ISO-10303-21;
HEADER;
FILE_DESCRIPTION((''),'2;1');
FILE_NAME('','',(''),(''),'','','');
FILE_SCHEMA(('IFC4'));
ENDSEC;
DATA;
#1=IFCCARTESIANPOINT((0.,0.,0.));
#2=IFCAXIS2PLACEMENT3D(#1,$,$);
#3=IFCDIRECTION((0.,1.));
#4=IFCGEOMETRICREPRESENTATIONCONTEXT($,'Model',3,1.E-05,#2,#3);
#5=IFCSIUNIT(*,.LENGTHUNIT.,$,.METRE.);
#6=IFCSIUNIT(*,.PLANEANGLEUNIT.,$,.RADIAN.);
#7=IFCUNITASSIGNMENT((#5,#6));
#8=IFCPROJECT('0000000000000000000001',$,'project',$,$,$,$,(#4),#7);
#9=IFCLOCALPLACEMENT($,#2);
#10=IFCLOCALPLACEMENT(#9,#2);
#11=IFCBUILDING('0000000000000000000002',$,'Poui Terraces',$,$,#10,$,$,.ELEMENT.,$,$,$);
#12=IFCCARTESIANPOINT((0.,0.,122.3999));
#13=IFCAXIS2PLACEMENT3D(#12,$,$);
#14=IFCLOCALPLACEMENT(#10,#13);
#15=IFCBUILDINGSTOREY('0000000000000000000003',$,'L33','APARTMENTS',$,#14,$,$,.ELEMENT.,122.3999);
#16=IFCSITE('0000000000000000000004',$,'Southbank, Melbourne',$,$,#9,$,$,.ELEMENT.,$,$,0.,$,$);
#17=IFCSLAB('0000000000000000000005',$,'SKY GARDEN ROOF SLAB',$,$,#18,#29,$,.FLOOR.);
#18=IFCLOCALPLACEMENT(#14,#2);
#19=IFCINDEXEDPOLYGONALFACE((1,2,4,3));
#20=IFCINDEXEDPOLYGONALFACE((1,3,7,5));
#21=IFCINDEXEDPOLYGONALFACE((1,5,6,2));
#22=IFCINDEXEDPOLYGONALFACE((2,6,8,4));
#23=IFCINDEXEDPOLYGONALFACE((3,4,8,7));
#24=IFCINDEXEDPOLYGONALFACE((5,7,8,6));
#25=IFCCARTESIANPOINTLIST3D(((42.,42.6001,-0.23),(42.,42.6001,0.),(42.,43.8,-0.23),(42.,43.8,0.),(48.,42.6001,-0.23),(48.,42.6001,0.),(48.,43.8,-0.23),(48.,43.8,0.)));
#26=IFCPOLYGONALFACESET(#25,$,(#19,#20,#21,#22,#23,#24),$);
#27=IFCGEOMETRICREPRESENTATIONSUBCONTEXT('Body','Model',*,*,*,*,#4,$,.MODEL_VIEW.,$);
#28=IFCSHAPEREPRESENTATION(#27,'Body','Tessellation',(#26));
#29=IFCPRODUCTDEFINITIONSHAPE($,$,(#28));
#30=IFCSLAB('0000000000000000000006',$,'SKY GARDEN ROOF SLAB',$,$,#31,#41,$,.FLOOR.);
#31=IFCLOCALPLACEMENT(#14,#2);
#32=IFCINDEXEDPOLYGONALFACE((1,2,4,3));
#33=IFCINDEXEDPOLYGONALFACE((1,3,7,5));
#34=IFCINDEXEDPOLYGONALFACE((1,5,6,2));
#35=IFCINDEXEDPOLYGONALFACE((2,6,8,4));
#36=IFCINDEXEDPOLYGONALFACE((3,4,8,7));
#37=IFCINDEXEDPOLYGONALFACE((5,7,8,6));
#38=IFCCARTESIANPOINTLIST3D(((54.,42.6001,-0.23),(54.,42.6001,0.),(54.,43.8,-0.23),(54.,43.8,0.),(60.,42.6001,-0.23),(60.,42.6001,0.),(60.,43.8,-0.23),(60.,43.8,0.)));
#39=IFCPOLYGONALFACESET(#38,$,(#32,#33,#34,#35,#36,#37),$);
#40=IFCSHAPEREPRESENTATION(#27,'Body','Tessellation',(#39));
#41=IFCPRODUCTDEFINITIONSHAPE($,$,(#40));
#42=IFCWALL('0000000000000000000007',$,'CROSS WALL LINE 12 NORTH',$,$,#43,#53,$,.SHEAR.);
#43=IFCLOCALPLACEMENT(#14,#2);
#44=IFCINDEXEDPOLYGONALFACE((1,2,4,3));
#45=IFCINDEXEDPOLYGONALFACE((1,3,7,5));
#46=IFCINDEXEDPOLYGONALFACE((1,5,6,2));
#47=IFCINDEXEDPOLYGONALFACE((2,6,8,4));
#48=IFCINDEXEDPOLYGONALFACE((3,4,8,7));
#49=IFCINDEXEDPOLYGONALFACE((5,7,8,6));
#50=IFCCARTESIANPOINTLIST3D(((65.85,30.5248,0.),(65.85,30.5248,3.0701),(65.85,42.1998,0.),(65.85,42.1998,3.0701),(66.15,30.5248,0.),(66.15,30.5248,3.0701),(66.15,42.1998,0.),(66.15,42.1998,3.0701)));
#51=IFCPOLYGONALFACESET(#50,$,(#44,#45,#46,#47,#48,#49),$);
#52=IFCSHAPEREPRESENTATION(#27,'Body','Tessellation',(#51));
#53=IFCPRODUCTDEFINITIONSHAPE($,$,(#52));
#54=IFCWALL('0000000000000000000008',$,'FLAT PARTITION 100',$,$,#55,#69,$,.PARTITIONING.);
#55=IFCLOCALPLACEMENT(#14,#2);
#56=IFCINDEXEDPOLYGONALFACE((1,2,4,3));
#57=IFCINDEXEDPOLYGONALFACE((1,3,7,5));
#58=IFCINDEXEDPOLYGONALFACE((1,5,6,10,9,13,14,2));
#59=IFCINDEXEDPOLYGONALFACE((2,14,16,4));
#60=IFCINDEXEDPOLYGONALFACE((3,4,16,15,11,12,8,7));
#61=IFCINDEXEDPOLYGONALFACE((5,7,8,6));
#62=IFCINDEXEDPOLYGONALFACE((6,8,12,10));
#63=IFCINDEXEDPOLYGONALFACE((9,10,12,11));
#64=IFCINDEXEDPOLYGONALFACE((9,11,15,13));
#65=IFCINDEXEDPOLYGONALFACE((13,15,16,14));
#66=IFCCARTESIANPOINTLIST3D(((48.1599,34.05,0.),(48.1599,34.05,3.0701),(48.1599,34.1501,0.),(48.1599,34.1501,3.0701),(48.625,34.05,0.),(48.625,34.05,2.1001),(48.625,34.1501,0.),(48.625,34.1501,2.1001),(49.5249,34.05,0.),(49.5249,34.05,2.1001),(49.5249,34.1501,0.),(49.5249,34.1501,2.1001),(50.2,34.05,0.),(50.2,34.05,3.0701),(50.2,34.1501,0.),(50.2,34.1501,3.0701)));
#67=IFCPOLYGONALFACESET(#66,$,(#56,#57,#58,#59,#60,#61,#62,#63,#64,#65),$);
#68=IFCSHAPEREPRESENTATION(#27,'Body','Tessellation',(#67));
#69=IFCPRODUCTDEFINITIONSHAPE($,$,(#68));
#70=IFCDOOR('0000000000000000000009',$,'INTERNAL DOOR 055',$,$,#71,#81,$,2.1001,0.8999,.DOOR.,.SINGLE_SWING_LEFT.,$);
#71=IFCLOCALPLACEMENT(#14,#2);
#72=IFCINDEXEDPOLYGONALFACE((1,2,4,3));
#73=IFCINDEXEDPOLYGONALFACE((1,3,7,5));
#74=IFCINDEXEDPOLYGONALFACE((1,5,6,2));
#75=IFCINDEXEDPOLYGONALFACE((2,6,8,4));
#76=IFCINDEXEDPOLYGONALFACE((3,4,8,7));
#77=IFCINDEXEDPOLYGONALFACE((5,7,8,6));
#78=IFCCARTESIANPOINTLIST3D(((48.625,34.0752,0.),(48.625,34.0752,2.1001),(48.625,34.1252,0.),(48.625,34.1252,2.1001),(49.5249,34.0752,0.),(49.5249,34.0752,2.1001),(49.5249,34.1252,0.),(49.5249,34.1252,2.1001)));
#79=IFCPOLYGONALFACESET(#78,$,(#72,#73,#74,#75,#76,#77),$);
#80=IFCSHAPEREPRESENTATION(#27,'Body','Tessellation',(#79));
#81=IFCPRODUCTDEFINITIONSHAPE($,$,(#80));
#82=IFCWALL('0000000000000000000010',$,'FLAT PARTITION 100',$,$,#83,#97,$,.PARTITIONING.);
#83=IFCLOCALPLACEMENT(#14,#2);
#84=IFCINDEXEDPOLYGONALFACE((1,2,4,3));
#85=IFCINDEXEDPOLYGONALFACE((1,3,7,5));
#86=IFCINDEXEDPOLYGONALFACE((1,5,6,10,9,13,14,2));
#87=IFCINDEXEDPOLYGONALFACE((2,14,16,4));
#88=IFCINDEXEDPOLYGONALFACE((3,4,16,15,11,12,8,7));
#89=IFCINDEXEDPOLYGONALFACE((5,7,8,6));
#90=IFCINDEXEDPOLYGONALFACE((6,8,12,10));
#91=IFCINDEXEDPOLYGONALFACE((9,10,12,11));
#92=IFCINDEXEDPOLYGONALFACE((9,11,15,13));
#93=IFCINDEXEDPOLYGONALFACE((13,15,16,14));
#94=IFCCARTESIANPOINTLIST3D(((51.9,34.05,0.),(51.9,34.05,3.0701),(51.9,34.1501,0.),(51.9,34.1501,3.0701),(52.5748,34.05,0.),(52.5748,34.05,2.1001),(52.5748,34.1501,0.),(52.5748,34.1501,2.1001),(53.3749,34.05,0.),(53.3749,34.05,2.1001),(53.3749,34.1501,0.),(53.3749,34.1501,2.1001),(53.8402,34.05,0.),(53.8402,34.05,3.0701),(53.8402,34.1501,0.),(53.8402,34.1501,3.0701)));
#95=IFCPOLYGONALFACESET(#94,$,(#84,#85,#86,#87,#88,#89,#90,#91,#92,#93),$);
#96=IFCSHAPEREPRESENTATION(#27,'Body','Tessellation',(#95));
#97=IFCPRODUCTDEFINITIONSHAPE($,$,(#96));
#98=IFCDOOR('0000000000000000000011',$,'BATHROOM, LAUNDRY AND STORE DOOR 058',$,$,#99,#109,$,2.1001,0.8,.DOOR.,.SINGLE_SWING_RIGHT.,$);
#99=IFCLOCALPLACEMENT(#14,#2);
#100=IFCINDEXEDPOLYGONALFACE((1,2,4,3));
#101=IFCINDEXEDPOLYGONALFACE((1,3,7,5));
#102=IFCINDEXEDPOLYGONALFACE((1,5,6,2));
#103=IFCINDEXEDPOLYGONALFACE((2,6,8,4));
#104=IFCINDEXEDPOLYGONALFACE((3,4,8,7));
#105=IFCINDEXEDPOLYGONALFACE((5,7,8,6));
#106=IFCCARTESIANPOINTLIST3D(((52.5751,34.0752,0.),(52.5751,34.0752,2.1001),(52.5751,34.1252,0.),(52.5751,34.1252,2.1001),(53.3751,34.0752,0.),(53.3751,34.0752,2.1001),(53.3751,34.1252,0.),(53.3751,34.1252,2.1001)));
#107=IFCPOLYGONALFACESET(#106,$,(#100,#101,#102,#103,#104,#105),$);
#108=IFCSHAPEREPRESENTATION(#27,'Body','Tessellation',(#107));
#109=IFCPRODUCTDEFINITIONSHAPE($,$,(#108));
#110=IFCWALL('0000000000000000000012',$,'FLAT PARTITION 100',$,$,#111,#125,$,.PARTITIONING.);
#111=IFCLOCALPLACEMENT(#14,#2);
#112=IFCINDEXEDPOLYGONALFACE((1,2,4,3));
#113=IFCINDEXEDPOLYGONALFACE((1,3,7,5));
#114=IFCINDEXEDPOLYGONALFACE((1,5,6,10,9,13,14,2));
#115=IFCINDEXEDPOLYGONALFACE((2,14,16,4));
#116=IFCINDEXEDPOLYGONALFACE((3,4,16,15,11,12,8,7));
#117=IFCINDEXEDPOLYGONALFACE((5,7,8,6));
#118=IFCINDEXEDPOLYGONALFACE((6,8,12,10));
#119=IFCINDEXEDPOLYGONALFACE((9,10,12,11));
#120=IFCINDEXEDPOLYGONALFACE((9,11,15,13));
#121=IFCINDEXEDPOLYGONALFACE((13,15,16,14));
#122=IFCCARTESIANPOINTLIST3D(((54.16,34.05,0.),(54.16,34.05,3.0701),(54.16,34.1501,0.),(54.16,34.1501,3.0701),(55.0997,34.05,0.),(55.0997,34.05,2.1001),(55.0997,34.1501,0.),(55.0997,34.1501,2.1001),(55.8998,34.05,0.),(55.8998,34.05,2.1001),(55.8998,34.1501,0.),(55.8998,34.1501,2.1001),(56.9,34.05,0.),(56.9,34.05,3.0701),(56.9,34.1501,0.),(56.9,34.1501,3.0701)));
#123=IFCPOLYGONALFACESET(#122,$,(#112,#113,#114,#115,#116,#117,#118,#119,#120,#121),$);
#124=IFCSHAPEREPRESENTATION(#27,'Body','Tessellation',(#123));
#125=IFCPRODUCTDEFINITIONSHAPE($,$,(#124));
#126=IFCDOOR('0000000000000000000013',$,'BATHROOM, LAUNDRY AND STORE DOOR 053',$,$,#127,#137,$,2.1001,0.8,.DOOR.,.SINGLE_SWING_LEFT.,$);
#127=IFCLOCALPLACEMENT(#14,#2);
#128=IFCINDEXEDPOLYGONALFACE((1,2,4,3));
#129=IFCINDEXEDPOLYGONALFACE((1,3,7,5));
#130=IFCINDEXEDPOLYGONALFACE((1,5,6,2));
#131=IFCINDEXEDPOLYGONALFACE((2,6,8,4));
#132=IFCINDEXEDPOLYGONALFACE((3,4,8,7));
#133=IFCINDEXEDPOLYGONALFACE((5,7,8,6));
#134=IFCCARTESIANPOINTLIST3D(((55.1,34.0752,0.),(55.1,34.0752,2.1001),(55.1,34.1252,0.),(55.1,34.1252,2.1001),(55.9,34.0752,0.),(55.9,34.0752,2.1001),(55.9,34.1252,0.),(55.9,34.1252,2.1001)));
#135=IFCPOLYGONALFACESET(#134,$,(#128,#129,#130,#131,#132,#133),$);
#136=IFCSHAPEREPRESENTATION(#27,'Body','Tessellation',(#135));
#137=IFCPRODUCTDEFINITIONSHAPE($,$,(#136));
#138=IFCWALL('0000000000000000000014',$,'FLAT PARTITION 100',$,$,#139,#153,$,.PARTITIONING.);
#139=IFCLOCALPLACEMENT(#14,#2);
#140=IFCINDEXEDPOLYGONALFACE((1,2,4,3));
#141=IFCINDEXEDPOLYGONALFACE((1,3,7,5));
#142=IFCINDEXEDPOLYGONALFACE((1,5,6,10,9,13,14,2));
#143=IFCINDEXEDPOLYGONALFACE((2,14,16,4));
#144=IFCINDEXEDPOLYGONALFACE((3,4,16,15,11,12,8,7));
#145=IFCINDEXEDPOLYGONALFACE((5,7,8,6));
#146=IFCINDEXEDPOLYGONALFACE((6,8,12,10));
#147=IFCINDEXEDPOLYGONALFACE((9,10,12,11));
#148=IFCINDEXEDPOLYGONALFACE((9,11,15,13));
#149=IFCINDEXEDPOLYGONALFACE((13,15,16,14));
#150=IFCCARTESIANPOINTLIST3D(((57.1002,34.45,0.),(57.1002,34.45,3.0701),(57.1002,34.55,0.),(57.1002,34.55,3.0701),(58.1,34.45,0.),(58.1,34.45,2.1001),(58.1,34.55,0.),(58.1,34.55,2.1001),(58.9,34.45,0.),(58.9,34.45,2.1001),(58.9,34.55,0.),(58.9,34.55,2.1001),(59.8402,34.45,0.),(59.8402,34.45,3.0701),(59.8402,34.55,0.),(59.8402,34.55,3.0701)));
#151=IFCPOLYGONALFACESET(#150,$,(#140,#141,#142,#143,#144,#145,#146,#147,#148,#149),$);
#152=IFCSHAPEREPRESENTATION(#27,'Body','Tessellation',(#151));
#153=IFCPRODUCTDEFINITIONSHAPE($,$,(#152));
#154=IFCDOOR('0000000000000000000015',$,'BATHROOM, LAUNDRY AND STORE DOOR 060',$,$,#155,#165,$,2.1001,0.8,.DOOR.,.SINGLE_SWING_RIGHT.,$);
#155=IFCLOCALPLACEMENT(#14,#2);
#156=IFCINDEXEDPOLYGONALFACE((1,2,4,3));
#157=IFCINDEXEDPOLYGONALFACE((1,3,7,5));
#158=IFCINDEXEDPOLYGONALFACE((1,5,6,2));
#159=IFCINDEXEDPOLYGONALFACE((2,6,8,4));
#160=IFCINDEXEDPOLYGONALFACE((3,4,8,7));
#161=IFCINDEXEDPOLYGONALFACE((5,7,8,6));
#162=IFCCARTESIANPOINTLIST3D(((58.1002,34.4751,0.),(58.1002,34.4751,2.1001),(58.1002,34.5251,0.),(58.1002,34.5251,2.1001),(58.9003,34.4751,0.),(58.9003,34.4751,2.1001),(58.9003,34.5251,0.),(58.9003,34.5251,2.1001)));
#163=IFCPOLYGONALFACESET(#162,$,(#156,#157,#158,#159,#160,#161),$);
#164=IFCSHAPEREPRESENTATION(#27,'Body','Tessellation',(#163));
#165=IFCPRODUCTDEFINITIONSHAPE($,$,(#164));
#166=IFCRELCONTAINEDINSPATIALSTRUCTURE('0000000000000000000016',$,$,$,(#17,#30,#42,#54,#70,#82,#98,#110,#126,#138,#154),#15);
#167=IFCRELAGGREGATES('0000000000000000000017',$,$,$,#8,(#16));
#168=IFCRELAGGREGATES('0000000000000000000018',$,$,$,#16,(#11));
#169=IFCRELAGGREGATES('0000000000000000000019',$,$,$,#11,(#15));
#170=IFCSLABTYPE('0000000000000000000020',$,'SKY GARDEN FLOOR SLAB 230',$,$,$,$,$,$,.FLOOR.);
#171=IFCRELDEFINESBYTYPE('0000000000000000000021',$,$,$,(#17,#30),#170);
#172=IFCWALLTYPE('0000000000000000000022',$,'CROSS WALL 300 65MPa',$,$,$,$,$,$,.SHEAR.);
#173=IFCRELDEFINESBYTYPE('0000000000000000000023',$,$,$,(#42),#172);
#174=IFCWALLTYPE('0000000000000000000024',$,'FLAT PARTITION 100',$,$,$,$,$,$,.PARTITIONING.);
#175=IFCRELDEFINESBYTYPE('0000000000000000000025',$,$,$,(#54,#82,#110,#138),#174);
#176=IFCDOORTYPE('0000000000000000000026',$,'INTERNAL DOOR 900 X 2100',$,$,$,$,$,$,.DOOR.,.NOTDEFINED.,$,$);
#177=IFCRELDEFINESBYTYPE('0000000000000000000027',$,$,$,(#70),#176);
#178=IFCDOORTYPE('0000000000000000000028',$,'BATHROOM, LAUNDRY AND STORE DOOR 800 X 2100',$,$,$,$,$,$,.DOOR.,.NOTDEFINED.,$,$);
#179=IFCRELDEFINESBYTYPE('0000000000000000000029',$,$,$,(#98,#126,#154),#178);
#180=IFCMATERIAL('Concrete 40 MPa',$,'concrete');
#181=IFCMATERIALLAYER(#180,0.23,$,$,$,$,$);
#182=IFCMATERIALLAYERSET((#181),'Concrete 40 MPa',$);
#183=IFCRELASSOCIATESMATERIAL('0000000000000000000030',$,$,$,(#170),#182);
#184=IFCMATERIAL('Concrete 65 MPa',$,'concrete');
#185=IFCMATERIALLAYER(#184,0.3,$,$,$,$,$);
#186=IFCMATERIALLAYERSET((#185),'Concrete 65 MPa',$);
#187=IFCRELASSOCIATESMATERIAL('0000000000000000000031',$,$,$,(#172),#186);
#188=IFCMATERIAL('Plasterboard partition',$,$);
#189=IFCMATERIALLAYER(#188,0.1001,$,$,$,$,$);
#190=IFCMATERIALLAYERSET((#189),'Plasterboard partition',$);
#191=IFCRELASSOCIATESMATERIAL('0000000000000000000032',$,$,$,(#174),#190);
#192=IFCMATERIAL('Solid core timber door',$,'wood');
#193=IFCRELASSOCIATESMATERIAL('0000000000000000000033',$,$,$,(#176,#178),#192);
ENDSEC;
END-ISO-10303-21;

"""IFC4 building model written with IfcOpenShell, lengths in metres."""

from ifc_helpers import new_model, si_unit, direction, frame, frame_2d, origin, place, context, subcontext, project, spatial, polyline, rectangle, outline, extrude, source, transform, mapped, material, layer, layer_set, type_object, element, fill, save


model = new_model("IFC4")

# Units and contexts
model_context = context("Model", 3, precision=1e-05, world=origin(), true_north=direction((0.0, 1.0)))
body_context = subcontext(model_context, "Body", "Model", "MODEL_VIEW")
ifc_project = project(units=[si_unit("LENGTHUNIT", "METRE"), si_unit("PLANEANGLEUNIT", "RADIAN")], contexts=[model_context])

# Site, building, storey
site_placement = place(None, origin())
site = spatial("IfcSite", under=ifc_project, at=site_placement, Name="Southbank, Melbourne", CompositionType="ELEMENT", RefElevation=0.0)
building_placement = place(site_placement, origin())
building = spatial("IfcBuilding", under=site, at=building_placement, Name="Poui Terraces", CompositionType="ELEMENT")
storey_placement = place(building_placement, frame((0.0, 0.0, 122.3999)))
storey = spatial("IfcBuildingStorey", under=building, at=storey_placement, Name="L33", Description="APARTMENTS", CompositionType="ELEMENT", Elevation=122.3999)

# Slabs
ifc_material_1 = material(Name="Concrete 40 MPa", Category="concrete")
ifc_layer_1 = layer(ifc_material_1, 0.23)
ifc_layer_set_1 = layer_set([ifc_layer_1], Name="Concrete 40 MPa")
slab_type = type_object("IfcSlabType", Name="SKY GARDEN FLOOR SLAB 230", PredefinedType="FLOOR", material=ifc_layer_set_1)
shared_shape_1 = source(origin(), body_context, "Body", "SweptSolid", [
    extrude(outline(polyline([(0.0, 0.0), (0.0, 1.2), (-6.0, 1.2), (-6.0, 0.0), (0.0, 0.0)])), origin(), (0.0, 0.0, 1.0), 0.23),
])
for number, where, name in (
    (1, (48.0, 42.6001, -0.23), "SKY GARDEN ROOF SLAB"),
    (2, (60.0, 42.6001, -0.23), "SKY GARDEN ROOF SLAB"),
):
    element("IfcSlab", number, at=place(storey_placement, frame(where)), inside=storey, type_object=slab_type, Name=name, PredefinedType="FLOOR", context=body_context, shape_type="MappedRepresentation", body=[
        mapped(shared_shape_1, transform((0.0, 0.0, 0.0))),
    ])

# Wall
ifc_material_2 = material(Name="Concrete 65 MPa", Category="concrete")
ifc_layer_2 = layer(ifc_material_2, 0.3)
ifc_layer_set_2 = layer_set([ifc_layer_2], Name="Concrete 65 MPa")
wall_type_1 = type_object("IfcWallType", Name="CROSS WALL 300 65MPa", PredefinedType="SHEAR", material=ifc_layer_set_2)
wall_1_placement = place(storey_placement, frame((66.0, 30.5249, 0.0), z_axis=(0.0, 0.0, 1.0), x_axis=(0.0, 1.0, 0.0)))
element("IfcWall", 3, at=wall_1_placement, inside=storey, type_object=wall_type_1, Name="CROSS WALL LINE 12 NORTH", PredefinedType="SHEAR", context=body_context, shape_type="SweptSolid", body=[
    extrude(rectangle(XDim=11.675, YDim=0.3, at=frame_2d((5.8374, 0.0))), origin(), (0.0, 0.0, 1.0), 3.0701),
])

# Walls, openings, doors
ifc_material_3 = material(Name="Plasterboard partition")
ifc_layer_3 = layer(ifc_material_3, 0.1001)
ifc_layer_set_3 = layer_set([ifc_layer_3], Name="Plasterboard partition")
wall_type_2 = type_object("IfcWallType", Name="FLAT PARTITION 100", PredefinedType="PARTITIONING", material=ifc_layer_set_3)
wall_2_placement = place(storey_placement, frame((48.1599, 34.1001, 0.0), z_axis=(0.0, 0.0, 1.0), x_axis=(1.0, 0.0, 0.0)))
wall_2 = element("IfcWall", 4, at=wall_2_placement, inside=storey, type_object=wall_type_2, Name="FLAT PARTITION 100", PredefinedType="PARTITIONING", context=body_context, shape_type="SweptSolid", body=[
    extrude(rectangle(XDim=2.04, YDim=0.1001, at=frame_2d((1.02, 0.0))), origin(), (0.0, 0.0, 1.0), 3.0701),
])
opening_1_placement = place(wall_2_placement, frame((0.4651, 0.0, 0.0)))
opening_1 = element("IfcOpeningElement", 5, at=opening_1_placement, cuts=wall_2, PredefinedType="OPENING", context=body_context, shape_type="SweptSolid", body=[
    extrude(rectangle(XDim=0.8999, YDim=2.1001, at=frame_2d((0.45, 1.05))), frame((0.0, 0.0601, 0.0), z_axis=(0.0, -1.0, 0.0), x_axis=(1.0, 0.0, 0.0)), (0.0, 0.0, 1.0), 0.1201),
])
ifc_material_4 = material(Name="Solid core timber door", Category="wood")
door_type_1 = type_object("IfcDoorType", Name="INTERNAL DOOR 900 X 2100", OperationType="NOTDEFINED", PredefinedType="DOOR", material=ifc_material_4)
door_1_placement = place(opening_1_placement, frame((0.8999, 0.0, 0.0), z_axis=(0.0, 0.0, 1.0), x_axis=(-1.0, 0.0, 0.0)))
door_1 = element("IfcDoor", 6, at=door_1_placement, inside=storey, type_object=door_type_1, Name="INTERNAL DOOR 055", OperationType="SINGLE_SWING_LEFT", OverallHeight=2.1001, OverallWidth=0.8999, PredefinedType="DOOR", context=body_context, shape_type="SweptSolid", body=[
    extrude(rectangle(XDim=0.8999, YDim=2.1001, at=frame_2d((0.45, 1.05))), frame((0.0, 0.0249, 0.0), z_axis=(0.0, -1.0, 0.0), x_axis=(1.0, 0.0, 0.0)), (0.0, 0.0, 1.0), 0.05),
])
fill(opening_1, door_1)
wall_3_placement = place(storey_placement, frame((51.8999, 34.1001, 0.0), z_axis=(0.0, 0.0, 1.0), x_axis=(1.0, 0.0, 0.0)))
wall_3 = element("IfcWall", 7, at=wall_3_placement, inside=storey, type_object=wall_type_2, Name="FLAT PARTITION 100", PredefinedType="PARTITIONING", context=body_context, shape_type="SweptSolid", body=[
    extrude(rectangle(XDim=1.9402, YDim=0.1001, at=frame_2d((0.9702, 0.0))), origin(), (0.0, 0.0, 1.0), 3.0701),
])
opening_2_placement = place(wall_3_placement, frame((0.675, 0.0, 0.0)))
opening_2 = element("IfcOpeningElement", 8, at=opening_2_placement, cuts=wall_3, PredefinedType="OPENING", context=body_context, shape_type="SweptSolid", body=[
    extrude(rectangle(XDim=0.8, YDim=2.1001, at=frame_2d((0.3999, 1.05))), frame((0.0, 0.0601, 0.0), z_axis=(0.0, -1.0, 0.0), x_axis=(1.0, 0.0, 0.0)), (0.0, 0.0, 1.0), 0.1201),
])
door_type_2 = type_object("IfcDoorType", Name="BATHROOM, LAUNDRY AND STORE DOOR 800 X 2100", OperationType="NOTDEFINED", PredefinedType="DOOR", material=ifc_material_4)
door_2_placement = place(opening_2_placement, frame((0.8, 0.0, 0.0), z_axis=(0.0, 0.0, 1.0), x_axis=(-1.0, 0.0, 0.0)))
door_2 = element("IfcDoor", 9, at=door_2_placement, inside=storey, type_object=door_type_2, Name="BATHROOM, LAUNDRY AND STORE DOOR 058", OperationType="SINGLE_SWING_RIGHT", OverallHeight=2.1001, OverallWidth=0.8, PredefinedType="DOOR", context=body_context, shape_type="SweptSolid", body=[
    extrude(rectangle(XDim=0.8, YDim=2.1001, at=frame_2d((0.3999, 1.05))), frame((0.0, 0.0249, 0.0), z_axis=(0.0, -1.0, 0.0), x_axis=(1.0, 0.0, 0.0)), (0.0, 0.0, 1.0), 0.05),
])
fill(opening_2, door_2)
wall_4_placement = place(storey_placement, frame((54.1599, 34.1001, 0.0), z_axis=(0.0, 0.0, 1.0), x_axis=(1.0, 0.0, 0.0)))
wall_4 = element("IfcWall", 10, at=wall_4_placement, inside=storey, type_object=wall_type_2, Name="FLAT PARTITION 100", PredefinedType="PARTITIONING", context=body_context, shape_type="SweptSolid", body=[
    extrude(rectangle(XDim=2.74, YDim=0.1001, at=frame_2d((1.3701, 0.0))), origin(), (0.0, 0.0, 1.0), 3.0701),
])
opening_3_placement = place(wall_4_placement, frame((0.9399, 0.0, 0.0)))
opening_3 = element("IfcOpeningElement", 11, at=opening_3_placement, cuts=wall_4, PredefinedType="OPENING", context=body_context, shape_type="SweptSolid", body=[
    extrude(rectangle(XDim=0.8, YDim=2.1001, at=frame_2d((0.3999, 1.05))), frame((0.0, 0.0601, 0.0), z_axis=(0.0, -1.0, 0.0), x_axis=(1.0, 0.0, 0.0)), (0.0, 0.0, 1.0), 0.1201),
])
door_3_placement = place(opening_3_placement, frame((0.8, 0.0, 0.0), z_axis=(0.0, 0.0, 1.0), x_axis=(-1.0, 0.0, 0.0)))
door_3 = element("IfcDoor", 12, at=door_3_placement, inside=storey, type_object=door_type_2, Name="BATHROOM, LAUNDRY AND STORE DOOR 053", OperationType="SINGLE_SWING_LEFT", OverallHeight=2.1001, OverallWidth=0.8, PredefinedType="DOOR", context=body_context, shape_type="SweptSolid", body=[
    extrude(rectangle(XDim=0.8, YDim=2.1001, at=frame_2d((0.3999, 1.05))), frame((0.0, 0.0249, 0.0), z_axis=(0.0, -1.0, 0.0), x_axis=(1.0, 0.0, 0.0)), (0.0, 0.0, 1.0), 0.05),
])
fill(opening_3, door_3)
wall_5_placement = place(storey_placement, frame((57.1001, 34.5, 0.0), z_axis=(0.0, 0.0, 1.0), x_axis=(1.0, 0.0, 0.0)))
wall_5 = element("IfcWall", 13, at=wall_5_placement, inside=storey, type_object=wall_type_2, Name="FLAT PARTITION 100", PredefinedType="PARTITIONING", context=body_context, shape_type="SweptSolid", body=[
    extrude(rectangle(XDim=2.74, YDim=0.1001, at=frame_2d((1.3701, 0.0))), origin(), (0.0, 0.0, 1.0), 3.0701),
])
opening_4_placement = place(wall_5_placement, frame((1.0, 0.0, 0.0)))
opening_4 = element("IfcOpeningElement", 14, at=opening_4_placement, cuts=wall_5, PredefinedType="OPENING", context=body_context, shape_type="SweptSolid", body=[
    extrude(rectangle(XDim=0.8, YDim=2.1001, at=frame_2d((0.3999, 1.05))), frame((0.0, 0.0601, 0.0), z_axis=(0.0, -1.0, 0.0), x_axis=(1.0, 0.0, 0.0)), (0.0, 0.0, 1.0), 0.1201),
])
door_4_placement = place(opening_4_placement, frame((0.8, 0.0, 0.0), z_axis=(0.0, 0.0, 1.0), x_axis=(-1.0, 0.0, 0.0)))
door_4 = element("IfcDoor", 15, at=door_4_placement, inside=storey, type_object=door_type_2, Name="BATHROOM, LAUNDRY AND STORE DOOR 060", OperationType="SINGLE_SWING_RIGHT", OverallHeight=2.1001, OverallWidth=0.8, PredefinedType="DOOR", context=body_context, shape_type="SweptSolid", body=[
    extrude(rectangle(XDim=0.8, YDim=2.1001, at=frame_2d((0.3999, 1.05))), frame((0.0, 0.0249, 0.0), z_axis=(0.0, -1.0, 0.0), x_axis=(1.0, 0.0, 0.0)), (0.0, 0.0, 1.0), 0.05),
])
fill(opening_4, door_4)

save(model, "model.ifc")
